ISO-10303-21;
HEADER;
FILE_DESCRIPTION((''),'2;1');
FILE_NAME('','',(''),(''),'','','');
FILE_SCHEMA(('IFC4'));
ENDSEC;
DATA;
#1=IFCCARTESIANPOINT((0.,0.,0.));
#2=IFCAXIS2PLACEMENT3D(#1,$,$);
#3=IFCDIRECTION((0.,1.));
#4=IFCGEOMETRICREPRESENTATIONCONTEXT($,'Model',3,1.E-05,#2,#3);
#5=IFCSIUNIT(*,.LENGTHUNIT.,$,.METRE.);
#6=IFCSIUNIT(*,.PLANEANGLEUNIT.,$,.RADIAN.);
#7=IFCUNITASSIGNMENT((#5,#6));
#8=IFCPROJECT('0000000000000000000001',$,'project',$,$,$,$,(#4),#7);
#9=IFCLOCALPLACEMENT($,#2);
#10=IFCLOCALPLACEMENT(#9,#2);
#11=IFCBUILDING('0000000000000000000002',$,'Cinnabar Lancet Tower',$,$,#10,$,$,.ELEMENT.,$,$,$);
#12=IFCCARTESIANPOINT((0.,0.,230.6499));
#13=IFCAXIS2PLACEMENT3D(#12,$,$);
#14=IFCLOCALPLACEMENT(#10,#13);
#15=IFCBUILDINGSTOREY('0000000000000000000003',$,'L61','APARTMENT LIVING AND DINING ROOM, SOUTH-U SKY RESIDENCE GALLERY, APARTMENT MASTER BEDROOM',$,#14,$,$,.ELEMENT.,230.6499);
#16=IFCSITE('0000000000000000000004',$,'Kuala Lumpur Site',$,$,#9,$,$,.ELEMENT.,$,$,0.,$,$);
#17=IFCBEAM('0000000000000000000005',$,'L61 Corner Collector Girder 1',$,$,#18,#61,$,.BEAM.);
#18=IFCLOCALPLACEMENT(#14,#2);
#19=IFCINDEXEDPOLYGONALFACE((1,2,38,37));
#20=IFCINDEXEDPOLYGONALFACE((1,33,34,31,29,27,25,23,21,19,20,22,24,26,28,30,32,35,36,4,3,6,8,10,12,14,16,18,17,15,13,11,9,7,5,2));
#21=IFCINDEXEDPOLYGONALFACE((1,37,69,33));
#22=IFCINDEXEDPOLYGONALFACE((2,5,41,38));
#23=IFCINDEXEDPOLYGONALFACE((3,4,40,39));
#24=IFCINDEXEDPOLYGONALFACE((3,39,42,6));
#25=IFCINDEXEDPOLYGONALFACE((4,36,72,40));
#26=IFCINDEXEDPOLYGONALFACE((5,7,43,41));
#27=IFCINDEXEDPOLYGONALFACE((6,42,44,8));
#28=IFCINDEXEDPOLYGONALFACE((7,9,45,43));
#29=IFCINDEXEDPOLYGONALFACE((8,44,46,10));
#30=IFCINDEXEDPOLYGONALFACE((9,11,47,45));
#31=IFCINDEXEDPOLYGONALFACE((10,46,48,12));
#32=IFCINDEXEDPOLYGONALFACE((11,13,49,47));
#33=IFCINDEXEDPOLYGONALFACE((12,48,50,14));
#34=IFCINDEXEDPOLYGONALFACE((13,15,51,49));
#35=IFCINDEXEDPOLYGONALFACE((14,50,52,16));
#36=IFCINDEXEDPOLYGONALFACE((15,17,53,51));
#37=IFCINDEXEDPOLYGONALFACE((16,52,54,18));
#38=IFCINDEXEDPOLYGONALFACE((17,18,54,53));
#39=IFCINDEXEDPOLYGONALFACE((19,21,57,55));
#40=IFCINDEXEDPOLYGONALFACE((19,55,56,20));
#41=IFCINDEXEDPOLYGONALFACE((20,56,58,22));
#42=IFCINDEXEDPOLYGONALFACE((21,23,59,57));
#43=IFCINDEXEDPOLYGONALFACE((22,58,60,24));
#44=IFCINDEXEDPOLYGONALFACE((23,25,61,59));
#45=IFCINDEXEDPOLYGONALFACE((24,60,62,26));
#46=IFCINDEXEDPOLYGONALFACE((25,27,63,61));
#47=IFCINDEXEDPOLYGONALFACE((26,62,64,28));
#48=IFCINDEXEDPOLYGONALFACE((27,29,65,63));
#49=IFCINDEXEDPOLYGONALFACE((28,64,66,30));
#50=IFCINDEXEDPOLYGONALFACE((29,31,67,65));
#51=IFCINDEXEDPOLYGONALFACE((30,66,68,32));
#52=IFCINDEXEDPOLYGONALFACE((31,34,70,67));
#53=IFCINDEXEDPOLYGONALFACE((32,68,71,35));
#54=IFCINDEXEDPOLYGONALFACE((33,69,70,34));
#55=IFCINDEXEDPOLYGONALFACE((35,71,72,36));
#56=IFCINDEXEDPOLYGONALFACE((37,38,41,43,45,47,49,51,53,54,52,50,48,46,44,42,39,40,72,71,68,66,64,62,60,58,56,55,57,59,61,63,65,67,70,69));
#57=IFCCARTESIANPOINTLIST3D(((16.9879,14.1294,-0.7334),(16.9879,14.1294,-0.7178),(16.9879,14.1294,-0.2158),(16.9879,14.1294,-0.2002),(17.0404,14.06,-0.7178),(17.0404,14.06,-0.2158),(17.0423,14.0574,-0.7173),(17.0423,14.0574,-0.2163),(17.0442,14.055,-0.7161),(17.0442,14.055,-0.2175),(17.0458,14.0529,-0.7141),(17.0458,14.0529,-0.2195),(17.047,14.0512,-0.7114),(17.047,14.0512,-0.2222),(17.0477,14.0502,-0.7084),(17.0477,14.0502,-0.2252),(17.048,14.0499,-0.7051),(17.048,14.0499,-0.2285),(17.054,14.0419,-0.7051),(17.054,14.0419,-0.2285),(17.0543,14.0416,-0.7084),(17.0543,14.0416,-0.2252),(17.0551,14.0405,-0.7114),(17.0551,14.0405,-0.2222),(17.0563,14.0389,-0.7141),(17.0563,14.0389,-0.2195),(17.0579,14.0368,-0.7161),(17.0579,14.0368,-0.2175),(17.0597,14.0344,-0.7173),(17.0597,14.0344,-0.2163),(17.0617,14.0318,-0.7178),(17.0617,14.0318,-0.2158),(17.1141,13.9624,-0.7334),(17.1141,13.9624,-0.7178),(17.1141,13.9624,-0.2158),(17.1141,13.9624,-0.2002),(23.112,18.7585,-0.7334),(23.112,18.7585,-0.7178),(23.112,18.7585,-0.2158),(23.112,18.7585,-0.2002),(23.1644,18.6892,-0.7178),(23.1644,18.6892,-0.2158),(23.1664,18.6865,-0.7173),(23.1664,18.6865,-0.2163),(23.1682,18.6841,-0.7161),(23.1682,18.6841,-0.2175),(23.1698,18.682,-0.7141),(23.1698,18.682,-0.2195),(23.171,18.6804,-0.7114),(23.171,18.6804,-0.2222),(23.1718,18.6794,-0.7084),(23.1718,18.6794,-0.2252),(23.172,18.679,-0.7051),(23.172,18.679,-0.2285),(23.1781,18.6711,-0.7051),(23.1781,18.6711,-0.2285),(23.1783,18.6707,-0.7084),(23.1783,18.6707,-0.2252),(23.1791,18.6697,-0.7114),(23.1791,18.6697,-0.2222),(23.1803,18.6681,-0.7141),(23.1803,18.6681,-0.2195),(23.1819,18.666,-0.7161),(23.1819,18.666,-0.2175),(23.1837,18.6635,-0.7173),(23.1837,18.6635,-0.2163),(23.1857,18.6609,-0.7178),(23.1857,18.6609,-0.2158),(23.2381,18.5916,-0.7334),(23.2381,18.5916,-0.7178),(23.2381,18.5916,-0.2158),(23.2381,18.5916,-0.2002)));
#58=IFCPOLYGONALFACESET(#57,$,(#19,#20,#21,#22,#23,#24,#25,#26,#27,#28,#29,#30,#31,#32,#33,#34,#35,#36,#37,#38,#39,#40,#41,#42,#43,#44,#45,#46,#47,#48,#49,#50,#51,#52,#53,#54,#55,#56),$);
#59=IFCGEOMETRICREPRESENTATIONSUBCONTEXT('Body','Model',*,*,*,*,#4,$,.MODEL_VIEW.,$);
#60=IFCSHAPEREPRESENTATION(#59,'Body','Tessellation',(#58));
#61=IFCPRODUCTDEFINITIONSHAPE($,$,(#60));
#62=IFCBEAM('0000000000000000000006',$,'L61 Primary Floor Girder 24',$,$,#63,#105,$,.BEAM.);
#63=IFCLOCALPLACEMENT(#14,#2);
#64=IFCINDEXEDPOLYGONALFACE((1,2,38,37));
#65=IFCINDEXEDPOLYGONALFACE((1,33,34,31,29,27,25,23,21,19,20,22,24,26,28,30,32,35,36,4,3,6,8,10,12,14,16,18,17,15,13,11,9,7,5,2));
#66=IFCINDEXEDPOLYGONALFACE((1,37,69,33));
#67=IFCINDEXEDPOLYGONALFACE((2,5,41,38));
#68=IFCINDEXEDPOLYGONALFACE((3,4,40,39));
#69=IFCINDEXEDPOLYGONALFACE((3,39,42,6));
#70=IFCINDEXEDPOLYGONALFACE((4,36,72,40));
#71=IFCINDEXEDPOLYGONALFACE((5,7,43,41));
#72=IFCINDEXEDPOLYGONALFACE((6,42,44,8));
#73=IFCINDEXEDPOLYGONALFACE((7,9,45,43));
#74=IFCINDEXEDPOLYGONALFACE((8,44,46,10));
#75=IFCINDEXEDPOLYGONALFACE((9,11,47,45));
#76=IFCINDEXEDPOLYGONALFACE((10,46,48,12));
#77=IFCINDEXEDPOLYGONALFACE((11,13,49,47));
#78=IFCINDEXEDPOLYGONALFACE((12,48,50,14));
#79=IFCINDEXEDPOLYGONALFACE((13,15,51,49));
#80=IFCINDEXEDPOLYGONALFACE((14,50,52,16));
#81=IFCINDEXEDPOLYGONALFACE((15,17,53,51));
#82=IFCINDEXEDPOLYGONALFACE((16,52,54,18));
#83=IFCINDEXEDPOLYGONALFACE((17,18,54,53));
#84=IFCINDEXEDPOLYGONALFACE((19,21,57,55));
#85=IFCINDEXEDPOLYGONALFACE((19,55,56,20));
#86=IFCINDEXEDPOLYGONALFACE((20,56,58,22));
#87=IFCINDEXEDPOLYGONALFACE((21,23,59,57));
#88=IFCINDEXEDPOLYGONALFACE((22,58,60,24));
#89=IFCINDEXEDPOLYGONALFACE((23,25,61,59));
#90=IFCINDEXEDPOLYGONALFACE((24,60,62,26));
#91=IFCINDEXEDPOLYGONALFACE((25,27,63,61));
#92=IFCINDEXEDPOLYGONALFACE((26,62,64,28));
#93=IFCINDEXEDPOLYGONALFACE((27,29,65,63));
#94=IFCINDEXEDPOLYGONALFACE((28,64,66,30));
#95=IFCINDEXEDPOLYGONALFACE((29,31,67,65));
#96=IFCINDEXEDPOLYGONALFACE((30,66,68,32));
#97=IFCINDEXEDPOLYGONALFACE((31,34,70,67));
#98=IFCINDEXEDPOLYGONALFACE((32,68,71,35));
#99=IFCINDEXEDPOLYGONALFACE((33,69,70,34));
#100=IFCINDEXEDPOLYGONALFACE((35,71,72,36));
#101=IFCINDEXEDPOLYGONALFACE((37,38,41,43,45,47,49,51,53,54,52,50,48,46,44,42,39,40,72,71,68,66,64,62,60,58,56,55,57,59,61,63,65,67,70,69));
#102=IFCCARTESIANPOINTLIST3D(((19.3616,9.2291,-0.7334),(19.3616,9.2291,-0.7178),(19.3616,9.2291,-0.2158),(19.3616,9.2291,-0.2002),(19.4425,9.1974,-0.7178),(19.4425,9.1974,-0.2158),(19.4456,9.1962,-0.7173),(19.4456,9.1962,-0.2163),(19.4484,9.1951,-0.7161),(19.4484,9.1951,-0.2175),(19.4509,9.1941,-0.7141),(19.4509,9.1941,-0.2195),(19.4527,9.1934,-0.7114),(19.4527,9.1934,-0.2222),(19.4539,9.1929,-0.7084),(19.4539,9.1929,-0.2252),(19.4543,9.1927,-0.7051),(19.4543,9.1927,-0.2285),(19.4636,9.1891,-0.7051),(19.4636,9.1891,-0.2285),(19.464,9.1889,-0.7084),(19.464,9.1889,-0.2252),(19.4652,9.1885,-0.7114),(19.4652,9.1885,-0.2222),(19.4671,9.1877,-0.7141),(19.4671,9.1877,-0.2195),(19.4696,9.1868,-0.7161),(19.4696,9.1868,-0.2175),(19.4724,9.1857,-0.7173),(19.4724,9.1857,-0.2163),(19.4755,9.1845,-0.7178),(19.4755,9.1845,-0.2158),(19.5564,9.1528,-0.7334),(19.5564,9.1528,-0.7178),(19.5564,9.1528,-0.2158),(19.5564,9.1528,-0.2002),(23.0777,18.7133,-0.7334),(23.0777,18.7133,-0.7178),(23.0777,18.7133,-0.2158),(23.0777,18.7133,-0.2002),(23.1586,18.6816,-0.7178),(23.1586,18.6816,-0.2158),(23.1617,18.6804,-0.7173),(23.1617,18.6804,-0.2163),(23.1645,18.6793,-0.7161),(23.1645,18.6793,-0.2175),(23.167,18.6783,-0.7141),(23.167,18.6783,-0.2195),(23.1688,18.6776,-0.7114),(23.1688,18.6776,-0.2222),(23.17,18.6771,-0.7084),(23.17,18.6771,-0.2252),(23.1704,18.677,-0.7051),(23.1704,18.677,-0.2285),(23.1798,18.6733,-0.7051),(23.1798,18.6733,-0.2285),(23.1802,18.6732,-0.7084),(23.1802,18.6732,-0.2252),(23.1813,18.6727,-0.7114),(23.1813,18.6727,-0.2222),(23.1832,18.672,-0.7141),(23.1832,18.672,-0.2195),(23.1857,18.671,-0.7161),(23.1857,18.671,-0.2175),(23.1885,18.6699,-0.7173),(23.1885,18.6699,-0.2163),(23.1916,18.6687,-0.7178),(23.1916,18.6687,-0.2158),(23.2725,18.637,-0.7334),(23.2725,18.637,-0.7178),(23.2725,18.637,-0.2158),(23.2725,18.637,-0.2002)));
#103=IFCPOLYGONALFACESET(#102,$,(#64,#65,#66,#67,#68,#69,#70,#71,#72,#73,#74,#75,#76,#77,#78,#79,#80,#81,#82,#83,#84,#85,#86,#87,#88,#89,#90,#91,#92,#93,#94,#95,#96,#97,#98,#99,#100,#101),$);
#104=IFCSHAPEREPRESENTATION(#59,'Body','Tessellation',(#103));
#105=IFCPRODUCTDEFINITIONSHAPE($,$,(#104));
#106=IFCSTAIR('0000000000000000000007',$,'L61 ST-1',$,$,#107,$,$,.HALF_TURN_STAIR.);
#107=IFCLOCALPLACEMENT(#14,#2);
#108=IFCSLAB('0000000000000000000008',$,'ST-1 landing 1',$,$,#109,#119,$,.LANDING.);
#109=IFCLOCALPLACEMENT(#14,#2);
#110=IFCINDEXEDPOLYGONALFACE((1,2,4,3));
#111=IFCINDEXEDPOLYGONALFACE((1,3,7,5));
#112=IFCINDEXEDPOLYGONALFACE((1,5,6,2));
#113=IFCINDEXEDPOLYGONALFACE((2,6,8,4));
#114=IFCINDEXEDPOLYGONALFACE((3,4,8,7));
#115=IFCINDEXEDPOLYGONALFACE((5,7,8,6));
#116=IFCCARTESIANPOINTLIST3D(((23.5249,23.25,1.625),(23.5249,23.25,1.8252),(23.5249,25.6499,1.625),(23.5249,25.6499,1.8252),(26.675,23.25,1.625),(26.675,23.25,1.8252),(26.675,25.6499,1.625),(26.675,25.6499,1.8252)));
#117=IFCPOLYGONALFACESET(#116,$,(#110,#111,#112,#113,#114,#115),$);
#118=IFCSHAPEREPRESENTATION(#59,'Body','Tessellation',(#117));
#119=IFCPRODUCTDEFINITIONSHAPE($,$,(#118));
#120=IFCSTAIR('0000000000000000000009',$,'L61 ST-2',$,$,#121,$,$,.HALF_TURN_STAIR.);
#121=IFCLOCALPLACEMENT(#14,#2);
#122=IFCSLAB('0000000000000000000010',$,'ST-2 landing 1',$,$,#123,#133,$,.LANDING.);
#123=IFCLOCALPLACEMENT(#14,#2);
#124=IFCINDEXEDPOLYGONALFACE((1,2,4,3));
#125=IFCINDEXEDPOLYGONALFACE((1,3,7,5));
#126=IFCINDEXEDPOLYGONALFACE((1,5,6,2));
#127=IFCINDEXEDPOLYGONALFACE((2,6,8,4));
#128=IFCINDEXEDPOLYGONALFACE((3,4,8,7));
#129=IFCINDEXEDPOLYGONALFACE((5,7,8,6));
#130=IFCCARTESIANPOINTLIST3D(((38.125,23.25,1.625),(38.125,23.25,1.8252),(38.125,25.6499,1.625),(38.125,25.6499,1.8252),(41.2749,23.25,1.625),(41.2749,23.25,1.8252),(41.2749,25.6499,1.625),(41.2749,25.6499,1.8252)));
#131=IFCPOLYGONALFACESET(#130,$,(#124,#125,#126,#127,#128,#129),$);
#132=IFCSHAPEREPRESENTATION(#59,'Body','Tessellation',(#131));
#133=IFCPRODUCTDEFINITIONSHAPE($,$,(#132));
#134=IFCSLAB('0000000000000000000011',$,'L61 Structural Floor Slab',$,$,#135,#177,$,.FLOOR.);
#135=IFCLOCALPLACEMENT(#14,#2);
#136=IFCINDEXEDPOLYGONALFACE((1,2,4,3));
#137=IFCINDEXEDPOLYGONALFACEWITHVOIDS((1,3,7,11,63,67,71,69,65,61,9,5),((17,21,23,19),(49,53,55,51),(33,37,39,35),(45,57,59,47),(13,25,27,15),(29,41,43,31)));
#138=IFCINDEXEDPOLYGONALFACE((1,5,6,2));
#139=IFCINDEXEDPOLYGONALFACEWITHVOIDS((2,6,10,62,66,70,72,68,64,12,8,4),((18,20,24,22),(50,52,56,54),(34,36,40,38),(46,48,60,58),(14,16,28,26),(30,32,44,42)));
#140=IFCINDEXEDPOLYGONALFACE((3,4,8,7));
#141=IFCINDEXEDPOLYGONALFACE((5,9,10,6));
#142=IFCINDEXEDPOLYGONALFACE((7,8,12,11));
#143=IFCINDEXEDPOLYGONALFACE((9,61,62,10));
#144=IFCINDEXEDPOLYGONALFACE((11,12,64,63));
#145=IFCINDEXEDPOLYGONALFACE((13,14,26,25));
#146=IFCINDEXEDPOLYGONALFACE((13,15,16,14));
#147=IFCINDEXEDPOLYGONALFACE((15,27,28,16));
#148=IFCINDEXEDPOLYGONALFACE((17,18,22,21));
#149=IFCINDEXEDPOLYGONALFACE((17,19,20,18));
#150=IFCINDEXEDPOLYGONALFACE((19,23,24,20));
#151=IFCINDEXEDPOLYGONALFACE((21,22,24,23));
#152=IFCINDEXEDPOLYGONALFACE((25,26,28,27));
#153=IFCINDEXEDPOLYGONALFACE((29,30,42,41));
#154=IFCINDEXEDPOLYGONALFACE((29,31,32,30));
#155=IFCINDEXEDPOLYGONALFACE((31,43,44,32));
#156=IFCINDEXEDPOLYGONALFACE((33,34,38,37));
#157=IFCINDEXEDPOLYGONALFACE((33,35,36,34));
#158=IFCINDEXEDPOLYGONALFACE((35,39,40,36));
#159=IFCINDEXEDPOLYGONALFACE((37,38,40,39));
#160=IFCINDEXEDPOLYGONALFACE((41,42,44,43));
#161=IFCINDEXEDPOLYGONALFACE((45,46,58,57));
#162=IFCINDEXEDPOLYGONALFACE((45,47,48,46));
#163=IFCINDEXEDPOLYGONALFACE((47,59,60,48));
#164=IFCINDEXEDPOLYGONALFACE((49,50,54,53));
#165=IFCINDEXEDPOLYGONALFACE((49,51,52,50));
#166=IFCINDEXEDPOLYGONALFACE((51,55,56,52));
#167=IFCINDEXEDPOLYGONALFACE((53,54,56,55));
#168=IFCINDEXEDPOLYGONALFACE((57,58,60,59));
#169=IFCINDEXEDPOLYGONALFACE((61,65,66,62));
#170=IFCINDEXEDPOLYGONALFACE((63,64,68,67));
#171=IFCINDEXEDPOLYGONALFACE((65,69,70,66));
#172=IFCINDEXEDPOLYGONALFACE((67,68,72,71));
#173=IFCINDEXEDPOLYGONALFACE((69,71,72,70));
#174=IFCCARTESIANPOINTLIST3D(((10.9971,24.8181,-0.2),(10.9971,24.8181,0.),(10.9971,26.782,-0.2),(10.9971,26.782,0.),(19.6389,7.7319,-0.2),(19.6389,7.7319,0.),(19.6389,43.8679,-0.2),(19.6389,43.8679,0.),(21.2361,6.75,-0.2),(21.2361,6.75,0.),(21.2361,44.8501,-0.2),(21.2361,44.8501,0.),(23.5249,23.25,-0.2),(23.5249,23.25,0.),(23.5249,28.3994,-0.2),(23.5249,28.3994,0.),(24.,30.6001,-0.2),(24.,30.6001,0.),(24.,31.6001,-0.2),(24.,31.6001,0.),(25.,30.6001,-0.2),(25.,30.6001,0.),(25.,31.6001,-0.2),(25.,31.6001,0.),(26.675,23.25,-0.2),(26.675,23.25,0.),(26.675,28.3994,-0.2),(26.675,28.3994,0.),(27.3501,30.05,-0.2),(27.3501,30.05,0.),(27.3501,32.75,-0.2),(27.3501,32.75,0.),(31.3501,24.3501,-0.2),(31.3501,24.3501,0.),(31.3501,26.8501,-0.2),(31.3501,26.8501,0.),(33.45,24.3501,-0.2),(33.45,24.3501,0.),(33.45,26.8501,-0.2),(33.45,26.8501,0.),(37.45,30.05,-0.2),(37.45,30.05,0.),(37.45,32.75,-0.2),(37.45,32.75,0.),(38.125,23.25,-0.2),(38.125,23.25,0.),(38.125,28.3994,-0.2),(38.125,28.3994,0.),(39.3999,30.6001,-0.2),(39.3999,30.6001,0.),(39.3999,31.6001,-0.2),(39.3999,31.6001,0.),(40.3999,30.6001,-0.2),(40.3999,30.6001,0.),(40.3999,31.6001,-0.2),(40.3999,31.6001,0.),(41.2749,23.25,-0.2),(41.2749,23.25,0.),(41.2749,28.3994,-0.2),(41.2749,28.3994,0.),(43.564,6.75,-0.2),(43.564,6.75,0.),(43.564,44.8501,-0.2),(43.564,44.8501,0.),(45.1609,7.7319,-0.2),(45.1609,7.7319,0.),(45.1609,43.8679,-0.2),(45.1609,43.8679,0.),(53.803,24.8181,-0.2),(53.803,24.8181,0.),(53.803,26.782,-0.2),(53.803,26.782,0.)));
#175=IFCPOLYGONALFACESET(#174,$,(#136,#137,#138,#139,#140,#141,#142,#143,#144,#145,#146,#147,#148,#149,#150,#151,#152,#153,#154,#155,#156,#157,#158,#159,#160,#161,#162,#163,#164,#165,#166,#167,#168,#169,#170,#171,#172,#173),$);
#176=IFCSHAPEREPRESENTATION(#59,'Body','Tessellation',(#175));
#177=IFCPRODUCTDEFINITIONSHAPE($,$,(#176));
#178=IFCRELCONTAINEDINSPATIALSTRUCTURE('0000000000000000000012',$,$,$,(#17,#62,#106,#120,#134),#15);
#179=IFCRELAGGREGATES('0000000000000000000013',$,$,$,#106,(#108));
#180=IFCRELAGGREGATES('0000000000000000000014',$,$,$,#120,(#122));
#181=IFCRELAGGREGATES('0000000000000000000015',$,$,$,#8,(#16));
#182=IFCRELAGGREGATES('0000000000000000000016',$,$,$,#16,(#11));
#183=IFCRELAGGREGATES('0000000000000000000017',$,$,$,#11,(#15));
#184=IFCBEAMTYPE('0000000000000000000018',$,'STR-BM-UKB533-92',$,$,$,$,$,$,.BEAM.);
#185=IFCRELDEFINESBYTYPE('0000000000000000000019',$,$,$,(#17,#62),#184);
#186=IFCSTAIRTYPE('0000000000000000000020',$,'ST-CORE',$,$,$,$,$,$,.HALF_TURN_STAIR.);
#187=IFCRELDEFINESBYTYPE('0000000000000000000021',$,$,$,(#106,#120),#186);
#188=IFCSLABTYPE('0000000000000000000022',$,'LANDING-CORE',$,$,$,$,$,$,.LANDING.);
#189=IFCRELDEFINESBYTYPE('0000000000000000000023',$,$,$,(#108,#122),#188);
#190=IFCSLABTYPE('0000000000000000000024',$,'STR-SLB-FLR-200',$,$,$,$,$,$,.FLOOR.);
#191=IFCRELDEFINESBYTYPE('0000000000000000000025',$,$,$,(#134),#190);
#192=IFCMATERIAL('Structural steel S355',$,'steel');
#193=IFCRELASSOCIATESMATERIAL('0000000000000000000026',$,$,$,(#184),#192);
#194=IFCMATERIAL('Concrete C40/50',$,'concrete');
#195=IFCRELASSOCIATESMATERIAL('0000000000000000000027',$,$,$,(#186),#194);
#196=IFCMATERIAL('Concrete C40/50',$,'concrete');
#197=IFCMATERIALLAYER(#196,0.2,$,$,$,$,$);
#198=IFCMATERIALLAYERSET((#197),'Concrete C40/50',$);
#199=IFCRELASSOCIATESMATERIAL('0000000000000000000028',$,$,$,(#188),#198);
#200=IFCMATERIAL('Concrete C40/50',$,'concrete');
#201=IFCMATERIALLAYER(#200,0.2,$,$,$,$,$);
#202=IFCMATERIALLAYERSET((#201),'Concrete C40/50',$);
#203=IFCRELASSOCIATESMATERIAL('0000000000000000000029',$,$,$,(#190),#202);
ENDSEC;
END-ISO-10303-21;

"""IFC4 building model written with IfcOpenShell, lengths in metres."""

from ifc_helpers import new_model, si_unit, direction, frame, origin, origin_2d, place, context, subcontext, project, spatial, polyline, i_section, outline, extrude, material, layer, layer_set, material_profile, profile_set, type_object, element, aggregate, save


model = new_model("IFC4")

# Units and contexts
model_context = context("Model", 3, precision=1e-05, world=origin(), true_north=direction((0.0, 1.0)))
body_context = subcontext(model_context, "Body", "Model", "MODEL_VIEW")
ifc_project = project(units=[si_unit("LENGTHUNIT", "METRE"), si_unit("PLANEANGLEUNIT", "RADIAN")], contexts=[model_context])

# Site, building, storey
site_placement = place(None, origin())
site = spatial("IfcSite", under=ifc_project, at=site_placement, Name="Kuala Lumpur Site", CompositionType="ELEMENT", RefElevation=0.0)
building_placement = place(site_placement, origin())
building = spatial("IfcBuilding", under=site, at=building_placement, Name="Cinnabar Lancet Tower", CompositionType="ELEMENT")
storey_placement = place(building_placement, frame((0.0, 0.0, 230.6499)))
storey = spatial("IfcBuildingStorey", under=building, at=storey_placement, Name="L61", Description="APARTMENT LIVING AND DINING ROOM, SOUTH-U SKY RESIDENCE GALLERY, APARTMENT MASTER BEDROOM", CompositionType="ELEMENT", Elevation=230.6499)

# Beams
ifc_material_1 = material(Name="Structural steel S355", Category="steel")
ifc_material_profile_1 = material_profile(ifc_material_1, i_section(OverallWidth=0.2092, OverallDepth=0.5332, WebThickness=0.01, FlangeThickness=0.0156, FilletRadius=0.0127, at=origin_2d()), Name="UKB 533x210x92")
ifc_profile_set_1 = profile_set([ifc_material_profile_1], Name="Structural steel S355")
beam_type_1 = type_object("IfcBeamType", Name="STR-BM-UKB533-92", PredefinedType="BEAM", material=ifc_profile_set_1)
beam_1_placement = place(storey_placement, frame((17.051, 14.0459, -0.4668), z_axis=(0.797735, 0.603008, 0.0), x_axis=(-0.603008, 0.797735, 0.0)))
element("IfcBeam", 1, at=beam_1_placement, inside=storey, type_object=beam_type_1, Name="L61 Corner Collector Girder 1", PredefinedType="BEAM", context=body_context, shape_type="SweptSolid", body=[
    extrude(i_section(OverallWidth=0.2092, OverallDepth=0.5332, WebThickness=0.01, FlangeThickness=0.0156, FilletRadius=0.0127, at=origin_2d()), origin(), (0.0, 0.0, 1.0), 7.6768),
])
beam_2_placement = place(storey_placement, frame((19.459, 9.1909, -0.4668), z_axis=(0.364815, 0.93108, 0.0), x_axis=(-0.93108, 0.364815, 0.0)))
element("IfcBeam", 2, at=beam_2_placement, inside=storey, type_object=beam_type_1, Name="L61 Primary Floor Girder 24", PredefinedType="BEAM", context=body_context, shape_type="SweptSolid", body=[
    extrude(i_section(OverallWidth=0.2092, OverallDepth=0.5332, WebThickness=0.01, FlangeThickness=0.0156, FilletRadius=0.0127, at=origin_2d()), origin(), (0.0, 0.0, 1.0), 10.1863),
])

# Stairs, slabs
ifc_material_2 = material(Name="Concrete C40/50", Category="concrete")
stair_type = type_object("IfcStairType", Name="ST-CORE", PredefinedType="HALF_TURN_STAIR", material=ifc_material_2)
stair_1_placement = place(storey_placement, origin())
stair_1 = element("IfcStair", 3, at=stair_1_placement, inside=storey, type_object=stair_type, Name="L61 ST-1", PredefinedType="HALF_TURN_STAIR")
ifc_material_3 = material(Name="Concrete C40/50", Category="concrete")
ifc_layer_1 = layer(ifc_material_3, 0.2)
ifc_layer_set_1 = layer_set([ifc_layer_1], Name="Concrete C40/50")
slab_type_1 = type_object("IfcSlabType", Name="LANDING-CORE", PredefinedType="LANDING", material=ifc_layer_set_1)
slab_1_placement = place(storey_placement, frame((0.0, 0.0, 1.625)))
slab_1 = element("IfcSlab", 4, at=slab_1_placement, type_object=slab_type_1, Name="ST-1 landing 1", PredefinedType="LANDING", context=body_context, shape_type="SweptSolid", body=[
    extrude(outline(polyline([(23.5249, 25.6499), (23.5249, 23.25), (26.675, 23.25), (26.675, 25.6499), (23.5249, 25.6499)])), origin(), (0.0, 0.0, 1.0), 0.2002),
])
aggregate(stair_1, [slab_1])
stair_2_placement = place(storey_placement, origin())
stair_2 = element("IfcStair", 5, at=stair_2_placement, inside=storey, type_object=stair_type, Name="L61 ST-2", PredefinedType="HALF_TURN_STAIR")
slab_2_placement = place(storey_placement, frame((0.0, 0.0, 1.625)))
slab_2 = element("IfcSlab", 6, at=slab_2_placement, type_object=slab_type_1, Name="ST-2 landing 1", PredefinedType="LANDING", context=body_context, shape_type="SweptSolid", body=[
    extrude(outline(polyline([(38.125, 25.6499), (38.125, 23.25), (41.2749, 23.25), (41.2749, 25.6499), (38.125, 25.6499)])), origin(), (0.0, 0.0, 1.0), 0.2002),
])
aggregate(stair_2, [slab_2])

# Slab
ifc_material_4 = material(Name="Concrete C40/50", Category="concrete")
ifc_layer_2 = layer(ifc_material_4, 0.2)
ifc_layer_set_2 = layer_set([ifc_layer_2], Name="Concrete C40/50")
slab_type_2 = type_object("IfcSlabType", Name="STR-SLB-FLR-200", PredefinedType="FLOOR", material=ifc_layer_set_2)
slab_3_placement = place(storey_placement, frame((0.0, 0.0, -0.2)))
element("IfcSlab", 7, at=slab_3_placement, inside=storey, type_object=slab_type_2, Name="L61 Structural Floor Slab", PredefinedType="FLOOR", context=body_context, shape_type="SweptSolid", body=[
    extrude(outline(polyline([(19.6389, 7.7319), (21.2361, 6.75), (43.564, 6.75), (45.1609, 7.7319), (53.803, 24.8181), (53.803, 26.782), (45.1609, 43.8679), (43.564, 44.8501), (21.2361, 44.8501), (19.6389, 43.8679), (10.9971, 26.782), (10.9971, 24.8181), (19.6389, 7.7319)]), holes=[polyline([(23.5249, 23.25), (26.675, 23.25), (26.675, 28.3994), (23.5249, 28.3994), (23.5249, 23.25)]), polyline([(38.125, 23.25), (41.2749, 23.25), (41.2749, 28.3994), (38.125, 28.3994), (38.125, 23.25)]), polyline([(27.3501, 30.05), (37.45, 30.05), (37.45, 32.75), (27.3501, 32.75), (27.3501, 30.05)]), polyline([(31.3501, 24.3501), (33.45, 24.3501), (33.45, 26.8501), (31.3501, 26.8501), (31.3501, 24.3501)]), polyline([(24.0, 30.6001), (25.0, 30.6001), (25.0, 31.6001), (24.0, 31.6001), (24.0, 30.6001)]), polyline([(39.3999, 30.6001), (40.3999, 30.6001), (40.3999, 31.6001), (39.3999, 31.6001), (39.3999, 30.6001)])]), origin(), (0.0, 0.0, 1.0), 0.2),
])

save(model, "model.ifc")
